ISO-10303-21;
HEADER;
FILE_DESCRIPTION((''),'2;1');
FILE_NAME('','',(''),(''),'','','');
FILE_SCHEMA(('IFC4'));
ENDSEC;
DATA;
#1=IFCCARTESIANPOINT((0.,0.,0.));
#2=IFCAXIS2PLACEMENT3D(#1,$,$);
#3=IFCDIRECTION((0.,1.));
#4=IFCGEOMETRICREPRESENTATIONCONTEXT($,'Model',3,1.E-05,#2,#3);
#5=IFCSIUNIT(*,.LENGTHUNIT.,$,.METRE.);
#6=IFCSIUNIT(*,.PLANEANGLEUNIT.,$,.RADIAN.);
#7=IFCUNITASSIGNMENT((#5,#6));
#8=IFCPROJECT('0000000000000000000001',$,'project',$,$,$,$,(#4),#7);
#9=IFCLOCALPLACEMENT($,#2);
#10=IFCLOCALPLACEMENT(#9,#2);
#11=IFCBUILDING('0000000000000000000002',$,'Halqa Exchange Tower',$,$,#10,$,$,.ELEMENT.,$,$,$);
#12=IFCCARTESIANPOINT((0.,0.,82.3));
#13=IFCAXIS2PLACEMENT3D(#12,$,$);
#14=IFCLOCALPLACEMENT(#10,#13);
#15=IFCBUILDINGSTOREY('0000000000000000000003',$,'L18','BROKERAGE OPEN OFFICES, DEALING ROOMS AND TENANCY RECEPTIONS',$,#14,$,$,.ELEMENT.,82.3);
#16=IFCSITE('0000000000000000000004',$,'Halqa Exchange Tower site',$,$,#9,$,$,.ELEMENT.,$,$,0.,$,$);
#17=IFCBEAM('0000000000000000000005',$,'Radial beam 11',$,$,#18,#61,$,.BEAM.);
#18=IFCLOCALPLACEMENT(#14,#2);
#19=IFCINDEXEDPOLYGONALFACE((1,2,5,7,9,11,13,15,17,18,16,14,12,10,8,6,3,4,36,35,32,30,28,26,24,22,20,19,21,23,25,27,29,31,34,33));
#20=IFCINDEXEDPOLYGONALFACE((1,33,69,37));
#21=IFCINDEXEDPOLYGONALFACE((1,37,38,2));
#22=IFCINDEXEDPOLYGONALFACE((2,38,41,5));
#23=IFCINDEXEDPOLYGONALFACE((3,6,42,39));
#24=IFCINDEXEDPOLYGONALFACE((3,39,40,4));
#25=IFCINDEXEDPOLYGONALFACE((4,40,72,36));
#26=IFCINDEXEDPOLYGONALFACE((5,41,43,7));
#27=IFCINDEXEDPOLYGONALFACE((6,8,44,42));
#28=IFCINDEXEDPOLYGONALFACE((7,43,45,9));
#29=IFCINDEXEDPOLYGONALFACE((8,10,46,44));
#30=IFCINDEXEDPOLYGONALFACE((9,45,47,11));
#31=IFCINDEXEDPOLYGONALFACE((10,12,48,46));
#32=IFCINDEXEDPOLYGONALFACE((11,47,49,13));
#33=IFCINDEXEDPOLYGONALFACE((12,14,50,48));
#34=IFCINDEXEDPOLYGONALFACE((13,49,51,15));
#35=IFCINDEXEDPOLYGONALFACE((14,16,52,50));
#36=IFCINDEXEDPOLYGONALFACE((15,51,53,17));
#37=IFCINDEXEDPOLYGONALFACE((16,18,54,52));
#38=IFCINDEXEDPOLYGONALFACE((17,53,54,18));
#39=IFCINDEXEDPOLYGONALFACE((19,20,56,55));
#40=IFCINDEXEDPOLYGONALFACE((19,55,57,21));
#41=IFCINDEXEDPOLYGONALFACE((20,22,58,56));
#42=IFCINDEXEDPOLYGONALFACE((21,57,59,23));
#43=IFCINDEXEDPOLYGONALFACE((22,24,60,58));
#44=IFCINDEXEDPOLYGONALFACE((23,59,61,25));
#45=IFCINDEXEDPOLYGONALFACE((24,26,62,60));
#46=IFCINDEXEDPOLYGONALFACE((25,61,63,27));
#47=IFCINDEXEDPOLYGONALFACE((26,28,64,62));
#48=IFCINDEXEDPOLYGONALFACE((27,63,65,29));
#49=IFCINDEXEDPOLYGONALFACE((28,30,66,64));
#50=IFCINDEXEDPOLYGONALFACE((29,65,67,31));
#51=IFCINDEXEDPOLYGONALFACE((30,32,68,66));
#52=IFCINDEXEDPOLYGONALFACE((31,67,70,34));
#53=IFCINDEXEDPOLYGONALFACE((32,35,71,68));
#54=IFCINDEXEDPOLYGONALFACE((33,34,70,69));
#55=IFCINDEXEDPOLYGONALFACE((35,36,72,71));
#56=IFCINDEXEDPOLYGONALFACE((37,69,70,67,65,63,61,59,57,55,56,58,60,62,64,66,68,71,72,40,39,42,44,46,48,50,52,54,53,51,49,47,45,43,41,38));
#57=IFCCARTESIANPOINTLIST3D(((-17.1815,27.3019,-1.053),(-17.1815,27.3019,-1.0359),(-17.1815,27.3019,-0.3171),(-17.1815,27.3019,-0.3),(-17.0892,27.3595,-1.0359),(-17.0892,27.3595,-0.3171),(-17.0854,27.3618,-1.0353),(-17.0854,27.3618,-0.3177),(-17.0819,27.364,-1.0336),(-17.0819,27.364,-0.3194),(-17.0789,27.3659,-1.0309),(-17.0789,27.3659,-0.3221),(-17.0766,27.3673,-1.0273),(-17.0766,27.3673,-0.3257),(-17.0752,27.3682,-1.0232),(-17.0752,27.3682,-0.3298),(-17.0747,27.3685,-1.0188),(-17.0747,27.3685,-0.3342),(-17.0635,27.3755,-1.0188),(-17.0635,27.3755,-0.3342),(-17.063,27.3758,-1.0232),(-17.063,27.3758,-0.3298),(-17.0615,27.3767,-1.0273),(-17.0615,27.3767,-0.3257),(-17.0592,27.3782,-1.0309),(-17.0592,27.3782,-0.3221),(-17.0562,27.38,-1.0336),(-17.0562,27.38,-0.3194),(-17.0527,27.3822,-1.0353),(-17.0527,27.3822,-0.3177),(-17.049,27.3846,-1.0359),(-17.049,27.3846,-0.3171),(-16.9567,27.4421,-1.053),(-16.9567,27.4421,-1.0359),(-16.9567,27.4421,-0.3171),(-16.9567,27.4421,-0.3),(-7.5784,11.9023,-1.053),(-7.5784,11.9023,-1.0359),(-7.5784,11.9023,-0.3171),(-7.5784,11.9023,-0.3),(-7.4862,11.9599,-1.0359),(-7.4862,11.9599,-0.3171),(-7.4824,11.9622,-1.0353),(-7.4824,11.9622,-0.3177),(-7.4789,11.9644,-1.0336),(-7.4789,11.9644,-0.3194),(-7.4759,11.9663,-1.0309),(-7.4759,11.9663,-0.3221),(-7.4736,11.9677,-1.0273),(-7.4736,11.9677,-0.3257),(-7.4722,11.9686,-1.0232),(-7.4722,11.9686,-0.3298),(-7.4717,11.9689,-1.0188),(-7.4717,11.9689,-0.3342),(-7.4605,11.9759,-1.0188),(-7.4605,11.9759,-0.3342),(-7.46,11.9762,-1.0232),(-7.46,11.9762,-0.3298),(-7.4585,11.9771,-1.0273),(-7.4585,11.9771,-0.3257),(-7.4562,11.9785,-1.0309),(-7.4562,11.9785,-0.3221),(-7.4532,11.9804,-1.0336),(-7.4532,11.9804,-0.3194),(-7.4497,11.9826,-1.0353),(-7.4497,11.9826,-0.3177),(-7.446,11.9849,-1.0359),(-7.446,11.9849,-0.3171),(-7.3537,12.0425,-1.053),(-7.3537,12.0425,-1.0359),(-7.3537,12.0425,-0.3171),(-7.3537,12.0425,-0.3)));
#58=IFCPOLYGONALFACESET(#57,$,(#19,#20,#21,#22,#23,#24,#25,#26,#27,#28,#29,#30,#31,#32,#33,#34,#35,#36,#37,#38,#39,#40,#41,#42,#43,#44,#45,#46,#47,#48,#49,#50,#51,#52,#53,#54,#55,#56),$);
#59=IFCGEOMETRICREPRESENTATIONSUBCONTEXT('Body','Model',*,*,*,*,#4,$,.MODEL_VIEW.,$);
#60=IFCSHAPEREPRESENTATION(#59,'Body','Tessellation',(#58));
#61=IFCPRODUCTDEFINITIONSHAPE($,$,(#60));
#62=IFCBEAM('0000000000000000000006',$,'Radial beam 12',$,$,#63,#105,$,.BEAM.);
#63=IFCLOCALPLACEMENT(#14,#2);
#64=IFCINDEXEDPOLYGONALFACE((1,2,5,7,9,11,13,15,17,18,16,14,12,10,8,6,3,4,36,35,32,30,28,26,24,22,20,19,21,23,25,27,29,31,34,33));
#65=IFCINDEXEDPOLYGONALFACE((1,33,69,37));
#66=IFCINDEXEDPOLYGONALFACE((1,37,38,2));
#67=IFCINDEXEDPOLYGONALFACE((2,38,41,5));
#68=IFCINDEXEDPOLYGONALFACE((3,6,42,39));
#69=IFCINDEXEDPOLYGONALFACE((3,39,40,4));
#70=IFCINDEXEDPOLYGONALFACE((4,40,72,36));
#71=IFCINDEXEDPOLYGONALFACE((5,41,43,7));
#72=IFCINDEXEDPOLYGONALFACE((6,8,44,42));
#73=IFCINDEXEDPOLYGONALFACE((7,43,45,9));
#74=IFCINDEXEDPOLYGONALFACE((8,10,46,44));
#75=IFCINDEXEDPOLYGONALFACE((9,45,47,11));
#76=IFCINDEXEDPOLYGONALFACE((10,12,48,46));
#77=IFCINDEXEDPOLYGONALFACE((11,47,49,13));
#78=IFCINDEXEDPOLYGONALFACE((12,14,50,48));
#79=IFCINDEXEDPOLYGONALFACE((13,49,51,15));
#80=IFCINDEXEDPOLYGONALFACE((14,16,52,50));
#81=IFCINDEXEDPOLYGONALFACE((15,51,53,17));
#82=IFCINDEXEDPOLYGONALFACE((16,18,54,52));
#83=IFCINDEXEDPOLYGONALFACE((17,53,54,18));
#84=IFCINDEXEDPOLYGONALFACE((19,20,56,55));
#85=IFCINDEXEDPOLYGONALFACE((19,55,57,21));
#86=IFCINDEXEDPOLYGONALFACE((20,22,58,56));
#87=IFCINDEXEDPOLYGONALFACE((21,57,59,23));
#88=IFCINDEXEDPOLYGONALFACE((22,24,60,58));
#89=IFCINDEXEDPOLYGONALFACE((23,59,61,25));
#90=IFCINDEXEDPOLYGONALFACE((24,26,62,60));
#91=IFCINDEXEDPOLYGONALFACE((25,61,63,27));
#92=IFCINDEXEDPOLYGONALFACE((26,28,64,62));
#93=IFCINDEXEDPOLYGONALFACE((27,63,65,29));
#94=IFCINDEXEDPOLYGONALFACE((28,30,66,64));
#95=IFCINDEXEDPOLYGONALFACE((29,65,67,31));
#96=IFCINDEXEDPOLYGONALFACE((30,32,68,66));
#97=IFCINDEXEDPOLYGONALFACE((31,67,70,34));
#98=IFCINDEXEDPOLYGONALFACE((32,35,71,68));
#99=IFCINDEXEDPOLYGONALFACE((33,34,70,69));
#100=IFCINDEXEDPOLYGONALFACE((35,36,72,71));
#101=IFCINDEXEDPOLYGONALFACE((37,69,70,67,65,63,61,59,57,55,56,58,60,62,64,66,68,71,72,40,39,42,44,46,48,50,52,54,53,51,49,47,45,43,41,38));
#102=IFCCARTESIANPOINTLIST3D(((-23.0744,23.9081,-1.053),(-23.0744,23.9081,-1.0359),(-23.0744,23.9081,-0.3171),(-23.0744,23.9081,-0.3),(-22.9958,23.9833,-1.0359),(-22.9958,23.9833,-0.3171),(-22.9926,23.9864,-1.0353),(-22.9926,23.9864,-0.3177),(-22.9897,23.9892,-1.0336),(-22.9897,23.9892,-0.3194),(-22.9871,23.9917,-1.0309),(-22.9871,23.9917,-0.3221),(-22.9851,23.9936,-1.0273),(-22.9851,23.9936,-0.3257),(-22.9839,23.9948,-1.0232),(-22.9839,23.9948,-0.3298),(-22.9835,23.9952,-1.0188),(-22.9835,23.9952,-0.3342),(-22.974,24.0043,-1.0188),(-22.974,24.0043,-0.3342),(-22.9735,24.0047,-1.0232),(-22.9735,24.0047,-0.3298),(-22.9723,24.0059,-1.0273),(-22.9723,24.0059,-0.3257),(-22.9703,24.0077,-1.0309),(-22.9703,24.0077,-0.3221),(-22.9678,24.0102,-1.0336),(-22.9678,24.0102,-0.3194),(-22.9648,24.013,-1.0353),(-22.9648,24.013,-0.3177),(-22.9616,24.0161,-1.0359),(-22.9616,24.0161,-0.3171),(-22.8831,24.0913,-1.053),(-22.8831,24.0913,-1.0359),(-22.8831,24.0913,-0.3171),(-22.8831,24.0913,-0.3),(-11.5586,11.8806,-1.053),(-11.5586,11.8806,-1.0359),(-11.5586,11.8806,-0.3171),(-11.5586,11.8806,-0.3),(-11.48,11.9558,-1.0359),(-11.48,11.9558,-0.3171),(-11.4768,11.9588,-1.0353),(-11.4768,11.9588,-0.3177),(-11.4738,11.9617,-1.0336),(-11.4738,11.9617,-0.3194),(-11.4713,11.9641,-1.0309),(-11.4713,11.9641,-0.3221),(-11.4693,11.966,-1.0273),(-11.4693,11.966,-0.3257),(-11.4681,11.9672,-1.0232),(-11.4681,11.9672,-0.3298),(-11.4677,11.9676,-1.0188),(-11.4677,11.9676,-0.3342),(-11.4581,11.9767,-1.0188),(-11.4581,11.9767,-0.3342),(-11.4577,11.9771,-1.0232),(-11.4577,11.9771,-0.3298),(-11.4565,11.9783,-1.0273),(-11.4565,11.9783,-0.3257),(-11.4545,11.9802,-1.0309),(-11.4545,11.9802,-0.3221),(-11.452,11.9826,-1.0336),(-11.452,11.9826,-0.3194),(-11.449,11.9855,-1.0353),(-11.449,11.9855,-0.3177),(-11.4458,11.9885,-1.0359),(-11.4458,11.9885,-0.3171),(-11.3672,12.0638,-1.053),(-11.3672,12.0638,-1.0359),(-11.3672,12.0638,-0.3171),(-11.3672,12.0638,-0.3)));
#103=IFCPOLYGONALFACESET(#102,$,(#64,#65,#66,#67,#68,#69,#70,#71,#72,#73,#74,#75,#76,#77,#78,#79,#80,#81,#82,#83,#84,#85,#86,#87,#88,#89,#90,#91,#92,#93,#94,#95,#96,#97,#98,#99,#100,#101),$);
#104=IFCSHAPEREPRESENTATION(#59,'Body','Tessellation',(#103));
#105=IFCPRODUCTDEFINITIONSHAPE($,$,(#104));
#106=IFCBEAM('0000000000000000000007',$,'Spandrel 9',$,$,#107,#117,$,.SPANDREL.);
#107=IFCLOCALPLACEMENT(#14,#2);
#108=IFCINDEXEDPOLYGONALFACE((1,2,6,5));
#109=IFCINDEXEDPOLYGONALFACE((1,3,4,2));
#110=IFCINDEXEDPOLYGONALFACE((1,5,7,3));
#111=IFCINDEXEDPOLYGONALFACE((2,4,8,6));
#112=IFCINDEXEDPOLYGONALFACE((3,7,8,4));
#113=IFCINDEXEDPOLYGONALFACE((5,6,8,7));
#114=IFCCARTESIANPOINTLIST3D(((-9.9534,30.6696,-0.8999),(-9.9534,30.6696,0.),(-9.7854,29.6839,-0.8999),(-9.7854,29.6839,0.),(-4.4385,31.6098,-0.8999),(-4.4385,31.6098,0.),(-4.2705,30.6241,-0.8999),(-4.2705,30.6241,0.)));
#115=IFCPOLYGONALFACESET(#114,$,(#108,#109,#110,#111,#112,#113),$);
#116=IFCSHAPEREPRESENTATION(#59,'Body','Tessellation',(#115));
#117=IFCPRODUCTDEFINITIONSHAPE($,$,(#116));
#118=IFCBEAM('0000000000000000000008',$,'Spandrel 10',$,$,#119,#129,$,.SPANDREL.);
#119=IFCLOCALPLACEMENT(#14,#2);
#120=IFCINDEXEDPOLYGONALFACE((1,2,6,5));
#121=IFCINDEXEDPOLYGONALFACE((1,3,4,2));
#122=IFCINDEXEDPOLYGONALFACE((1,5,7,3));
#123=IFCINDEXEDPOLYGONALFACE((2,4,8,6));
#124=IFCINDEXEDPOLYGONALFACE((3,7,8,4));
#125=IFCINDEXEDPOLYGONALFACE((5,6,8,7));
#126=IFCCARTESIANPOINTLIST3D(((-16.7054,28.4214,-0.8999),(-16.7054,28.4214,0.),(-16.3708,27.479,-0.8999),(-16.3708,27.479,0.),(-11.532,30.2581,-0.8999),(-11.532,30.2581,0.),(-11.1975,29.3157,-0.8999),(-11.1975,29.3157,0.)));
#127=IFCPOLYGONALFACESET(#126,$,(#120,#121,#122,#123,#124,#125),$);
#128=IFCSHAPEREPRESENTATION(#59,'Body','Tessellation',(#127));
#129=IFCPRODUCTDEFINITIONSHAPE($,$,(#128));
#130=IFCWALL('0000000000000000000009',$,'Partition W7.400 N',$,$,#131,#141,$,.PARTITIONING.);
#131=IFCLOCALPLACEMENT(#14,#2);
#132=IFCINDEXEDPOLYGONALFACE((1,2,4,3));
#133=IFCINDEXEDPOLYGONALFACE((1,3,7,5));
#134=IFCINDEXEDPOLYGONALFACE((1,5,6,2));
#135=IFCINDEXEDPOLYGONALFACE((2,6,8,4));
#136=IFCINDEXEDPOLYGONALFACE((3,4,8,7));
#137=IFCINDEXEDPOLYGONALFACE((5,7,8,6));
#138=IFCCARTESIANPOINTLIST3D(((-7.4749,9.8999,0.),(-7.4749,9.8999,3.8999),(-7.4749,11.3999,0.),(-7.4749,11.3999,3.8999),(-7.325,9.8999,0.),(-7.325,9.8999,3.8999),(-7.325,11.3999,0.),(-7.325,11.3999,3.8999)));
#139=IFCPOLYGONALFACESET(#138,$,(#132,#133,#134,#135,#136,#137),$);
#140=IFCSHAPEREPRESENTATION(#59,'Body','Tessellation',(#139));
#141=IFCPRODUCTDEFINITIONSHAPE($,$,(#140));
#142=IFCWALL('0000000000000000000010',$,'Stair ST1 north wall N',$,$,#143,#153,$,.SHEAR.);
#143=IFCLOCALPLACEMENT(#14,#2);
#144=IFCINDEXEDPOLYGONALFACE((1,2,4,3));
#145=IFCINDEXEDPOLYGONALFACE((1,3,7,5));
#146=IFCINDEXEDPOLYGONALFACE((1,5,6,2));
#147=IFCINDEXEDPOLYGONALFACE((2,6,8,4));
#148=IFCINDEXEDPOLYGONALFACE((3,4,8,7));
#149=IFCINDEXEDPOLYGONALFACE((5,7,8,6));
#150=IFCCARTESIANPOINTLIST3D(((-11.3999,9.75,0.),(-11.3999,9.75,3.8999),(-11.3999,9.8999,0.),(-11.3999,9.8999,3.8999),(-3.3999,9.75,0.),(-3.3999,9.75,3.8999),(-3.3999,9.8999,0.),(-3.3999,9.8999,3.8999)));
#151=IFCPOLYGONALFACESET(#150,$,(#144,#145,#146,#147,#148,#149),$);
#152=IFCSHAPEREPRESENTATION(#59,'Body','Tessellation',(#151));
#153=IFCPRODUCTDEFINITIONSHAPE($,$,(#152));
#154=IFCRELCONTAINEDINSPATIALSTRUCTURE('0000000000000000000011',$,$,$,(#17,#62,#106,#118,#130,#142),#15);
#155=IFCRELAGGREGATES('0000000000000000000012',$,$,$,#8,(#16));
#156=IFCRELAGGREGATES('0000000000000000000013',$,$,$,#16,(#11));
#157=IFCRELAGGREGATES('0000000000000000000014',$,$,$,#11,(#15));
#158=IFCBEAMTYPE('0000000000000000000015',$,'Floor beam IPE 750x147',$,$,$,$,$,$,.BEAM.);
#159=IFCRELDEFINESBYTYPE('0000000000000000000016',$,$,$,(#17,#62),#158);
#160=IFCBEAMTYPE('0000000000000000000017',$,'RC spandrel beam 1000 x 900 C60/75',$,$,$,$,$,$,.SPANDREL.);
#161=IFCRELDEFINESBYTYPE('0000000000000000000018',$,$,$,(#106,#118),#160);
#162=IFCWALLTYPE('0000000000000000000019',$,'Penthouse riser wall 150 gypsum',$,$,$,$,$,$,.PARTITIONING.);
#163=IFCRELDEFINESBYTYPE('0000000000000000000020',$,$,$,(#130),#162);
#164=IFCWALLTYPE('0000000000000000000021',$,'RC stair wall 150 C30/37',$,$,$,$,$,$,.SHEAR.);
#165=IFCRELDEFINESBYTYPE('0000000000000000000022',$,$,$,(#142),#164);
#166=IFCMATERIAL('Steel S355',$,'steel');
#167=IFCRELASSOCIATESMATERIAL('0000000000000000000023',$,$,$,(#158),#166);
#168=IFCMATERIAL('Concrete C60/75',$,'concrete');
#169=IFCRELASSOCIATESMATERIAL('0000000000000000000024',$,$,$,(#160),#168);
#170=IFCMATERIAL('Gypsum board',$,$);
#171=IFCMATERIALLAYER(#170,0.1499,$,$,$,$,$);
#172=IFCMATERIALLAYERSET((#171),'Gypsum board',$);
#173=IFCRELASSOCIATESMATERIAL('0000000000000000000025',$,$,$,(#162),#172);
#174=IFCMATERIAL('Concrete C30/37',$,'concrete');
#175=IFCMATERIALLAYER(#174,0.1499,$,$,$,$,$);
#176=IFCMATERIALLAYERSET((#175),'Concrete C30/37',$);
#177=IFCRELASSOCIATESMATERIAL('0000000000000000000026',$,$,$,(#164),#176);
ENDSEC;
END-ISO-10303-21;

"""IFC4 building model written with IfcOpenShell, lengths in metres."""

from ifc_helpers import new_model, si_unit, direction, frame, frame_2d, origin, origin_2d, place, context, subcontext, project, spatial, rectangle, i_section, extrude, material, layer, layer_set, material_profile, profile_set, type_object, element, save


model = new_model("IFC4")

# Units and contexts
model_context = context("Model", 3, precision=1e-05, world=origin(), true_north=direction((0.0, 1.0)))
body_context = subcontext(model_context, "Body", "Model", "MODEL_VIEW")
ifc_project = project(units=[si_unit("LENGTHUNIT", "METRE"), si_unit("PLANEANGLEUNIT", "RADIAN")], contexts=[model_context])

# Site, building, storey
site_placement = place(None, origin())
site = spatial("IfcSite", under=ifc_project, at=site_placement, Name="Halqa Exchange Tower site", CompositionType="ELEMENT", RefElevation=0.0)
building_placement = place(site_placement, origin())
building = spatial("IfcBuilding", under=site, at=building_placement, Name="Halqa Exchange Tower", CompositionType="ELEMENT")
storey_placement = place(building_placement, frame((0.0, 0.0, 82.3)))
storey = spatial("IfcBuildingStorey", under=building, at=storey_placement, Name="L18", Description="BROKERAGE OPEN OFFICES, DEALING ROOMS AND TENANCY RECEPTIONS", CompositionType="ELEMENT", Elevation=82.3)

# Beams
ifc_material_1 = material(Name="Steel S355", Category="steel")
ifc_material_profile_1 = material_profile(ifc_material_1, i_section(OverallWidth=0.2649, OverallDepth=0.7529, WebThickness=0.0132, FlangeThickness=0.0171, FilletRadius=0.0171, at=origin_2d()), Name="IPE 750x147")
ifc_profile_set_1 = profile_set([ifc_material_profile_1], Name="Steel S355")
beam_type_1 = type_object("IfcBeamType", Name="Floor beam IPE 750x147", PredefinedType="BEAM", material=ifc_profile_set_1)
beam_1_placement = place(storey_placement, frame((-7.4661, 11.9724, -0.6765), z_axis=(-0.529137, 0.848537, 0.0), x_axis=(-0.848537, -0.529137, 0.0)))
element("IfcBeam", 1, at=beam_1_placement, inside=storey, type_object=beam_type_1, Name="Radial beam 11", PredefinedType="BEAM", context=body_context, shape_type="SweptSolid", body=[
    extrude(i_section(OverallWidth=0.2649, OverallDepth=0.7529, WebThickness=0.0132, FlangeThickness=0.0171, FilletRadius=0.0171, at=origin_2d()), origin(), (0.0, 0.0, 1.0), 18.1484),
])
beam_2_placement = place(storey_placement, frame((-11.4629, 11.9722, -0.6765), z_axis=(-0.691574, 0.722305, 0.0), x_axis=(-0.722305, -0.691574, 0.0)))
element("IfcBeam", 2, at=beam_2_placement, inside=storey, type_object=beam_type_1, Name="Radial beam 12", PredefinedType="BEAM", context=body_context, shape_type="SweptSolid", body=[
    extrude(i_section(OverallWidth=0.2649, OverallDepth=0.7529, WebThickness=0.0132, FlangeThickness=0.0171, FilletRadius=0.0171, at=origin_2d()), origin(), (0.0, 0.0, 1.0), 16.6516),
])
ifc_material_2 = material(Name="Concrete C60/75", Category="concrete")
ifc_material_profile_2 = material_profile(ifc_material_2, rectangle(XDim=1.0, YDim=0.8999, at=origin_2d()), Name="1000 x 900")
ifc_profile_set_2 = profile_set([ifc_material_profile_2], Name="Concrete C60/75")
beam_type_2 = type_object("IfcBeamType", Name="RC spandrel beam 1000 x 900 C60/75", PredefinedType="SPANDREL", material=ifc_profile_set_2)
beam_3_placement = place(storey_placement, frame((-4.3545, 31.1169, -0.45), z_axis=(-0.985777, -0.168057, 0.0), x_axis=(0.168057, -0.985777, 0.0)))
element("IfcBeam", 3, at=beam_3_placement, inside=storey, type_object=beam_type_2, Name="Spandrel 9", PredefinedType="SPANDREL", context=body_context, shape_type="SweptSolid", body=[
    extrude(rectangle(XDim=1.0, YDim=0.8999, at=origin_2d()), origin(), (0.0, 0.0, 1.0), 5.5945),
])
beam_4_placement = place(storey_placement, frame((-11.3647, 29.7869, -0.45), z_axis=(-0.942372, -0.334567, 0.0), x_axis=(0.334567, -0.942372, 0.0)))
element("IfcBeam", 4, at=beam_4_placement, inside=storey, type_object=beam_type_2, Name="Spandrel 10", PredefinedType="SPANDREL", context=body_context, shape_type="SweptSolid", body=[
    extrude(rectangle(XDim=1.0, YDim=0.8999, at=origin_2d()), origin(), (0.0, 0.0, 1.0), 5.4897),
])

# Walls
ifc_material_3 = material(Name="Gypsum board")
ifc_layer_1 = layer(ifc_material_3, 0.1499)
ifc_layer_set_1 = layer_set([ifc_layer_1], Name="Gypsum board")
wall_type_1 = type_object("IfcWallType", Name="Penthouse riser wall 150 gypsum", PredefinedType="PARTITIONING", material=ifc_layer_set_1)
wall_1_placement = place(storey_placement, frame((-7.3999, 9.8999, 0.0), z_axis=(0.0, 0.0, 1.0), x_axis=(0.0, 1.0, 0.0)))
element("IfcWall", 5, at=wall_1_placement, inside=storey, type_object=wall_type_1, Name="Partition W7.400 N", PredefinedType="PARTITIONING", context=body_context, shape_type="SweptSolid", body=[
    extrude(rectangle(XDim=1.5, YDim=0.1499, at=frame_2d((0.75, 0.0))), origin(), (0.0, 0.0, 1.0), 3.8999),
])
ifc_material_4 = material(Name="Concrete C30/37", Category="concrete")
ifc_layer_2 = layer(ifc_material_4, 0.1499)
ifc_layer_set_2 = layer_set([ifc_layer_2], Name="Concrete C30/37")
wall_type_2 = type_object("IfcWallType", Name="RC stair wall 150 C30/37", PredefinedType="SHEAR", material=ifc_layer_set_2)
wall_2_placement = place(storey_placement, frame((-11.3999, 9.825, 0.0), z_axis=(0.0, 0.0, 1.0), x_axis=(1.0, 0.0, 0.0)))
element("IfcWall", 6, at=wall_2_placement, inside=storey, type_object=wall_type_2, Name="Stair ST1 north wall N", PredefinedType="SHEAR", context=body_context, shape_type="SweptSolid", body=[
    extrude(rectangle(XDim=8.0, YDim=0.1499, at=frame_2d((4.0, 0.0))), origin(), (0.0, 0.0, 1.0), 3.8999),
])

save(model, "model.ifc")
